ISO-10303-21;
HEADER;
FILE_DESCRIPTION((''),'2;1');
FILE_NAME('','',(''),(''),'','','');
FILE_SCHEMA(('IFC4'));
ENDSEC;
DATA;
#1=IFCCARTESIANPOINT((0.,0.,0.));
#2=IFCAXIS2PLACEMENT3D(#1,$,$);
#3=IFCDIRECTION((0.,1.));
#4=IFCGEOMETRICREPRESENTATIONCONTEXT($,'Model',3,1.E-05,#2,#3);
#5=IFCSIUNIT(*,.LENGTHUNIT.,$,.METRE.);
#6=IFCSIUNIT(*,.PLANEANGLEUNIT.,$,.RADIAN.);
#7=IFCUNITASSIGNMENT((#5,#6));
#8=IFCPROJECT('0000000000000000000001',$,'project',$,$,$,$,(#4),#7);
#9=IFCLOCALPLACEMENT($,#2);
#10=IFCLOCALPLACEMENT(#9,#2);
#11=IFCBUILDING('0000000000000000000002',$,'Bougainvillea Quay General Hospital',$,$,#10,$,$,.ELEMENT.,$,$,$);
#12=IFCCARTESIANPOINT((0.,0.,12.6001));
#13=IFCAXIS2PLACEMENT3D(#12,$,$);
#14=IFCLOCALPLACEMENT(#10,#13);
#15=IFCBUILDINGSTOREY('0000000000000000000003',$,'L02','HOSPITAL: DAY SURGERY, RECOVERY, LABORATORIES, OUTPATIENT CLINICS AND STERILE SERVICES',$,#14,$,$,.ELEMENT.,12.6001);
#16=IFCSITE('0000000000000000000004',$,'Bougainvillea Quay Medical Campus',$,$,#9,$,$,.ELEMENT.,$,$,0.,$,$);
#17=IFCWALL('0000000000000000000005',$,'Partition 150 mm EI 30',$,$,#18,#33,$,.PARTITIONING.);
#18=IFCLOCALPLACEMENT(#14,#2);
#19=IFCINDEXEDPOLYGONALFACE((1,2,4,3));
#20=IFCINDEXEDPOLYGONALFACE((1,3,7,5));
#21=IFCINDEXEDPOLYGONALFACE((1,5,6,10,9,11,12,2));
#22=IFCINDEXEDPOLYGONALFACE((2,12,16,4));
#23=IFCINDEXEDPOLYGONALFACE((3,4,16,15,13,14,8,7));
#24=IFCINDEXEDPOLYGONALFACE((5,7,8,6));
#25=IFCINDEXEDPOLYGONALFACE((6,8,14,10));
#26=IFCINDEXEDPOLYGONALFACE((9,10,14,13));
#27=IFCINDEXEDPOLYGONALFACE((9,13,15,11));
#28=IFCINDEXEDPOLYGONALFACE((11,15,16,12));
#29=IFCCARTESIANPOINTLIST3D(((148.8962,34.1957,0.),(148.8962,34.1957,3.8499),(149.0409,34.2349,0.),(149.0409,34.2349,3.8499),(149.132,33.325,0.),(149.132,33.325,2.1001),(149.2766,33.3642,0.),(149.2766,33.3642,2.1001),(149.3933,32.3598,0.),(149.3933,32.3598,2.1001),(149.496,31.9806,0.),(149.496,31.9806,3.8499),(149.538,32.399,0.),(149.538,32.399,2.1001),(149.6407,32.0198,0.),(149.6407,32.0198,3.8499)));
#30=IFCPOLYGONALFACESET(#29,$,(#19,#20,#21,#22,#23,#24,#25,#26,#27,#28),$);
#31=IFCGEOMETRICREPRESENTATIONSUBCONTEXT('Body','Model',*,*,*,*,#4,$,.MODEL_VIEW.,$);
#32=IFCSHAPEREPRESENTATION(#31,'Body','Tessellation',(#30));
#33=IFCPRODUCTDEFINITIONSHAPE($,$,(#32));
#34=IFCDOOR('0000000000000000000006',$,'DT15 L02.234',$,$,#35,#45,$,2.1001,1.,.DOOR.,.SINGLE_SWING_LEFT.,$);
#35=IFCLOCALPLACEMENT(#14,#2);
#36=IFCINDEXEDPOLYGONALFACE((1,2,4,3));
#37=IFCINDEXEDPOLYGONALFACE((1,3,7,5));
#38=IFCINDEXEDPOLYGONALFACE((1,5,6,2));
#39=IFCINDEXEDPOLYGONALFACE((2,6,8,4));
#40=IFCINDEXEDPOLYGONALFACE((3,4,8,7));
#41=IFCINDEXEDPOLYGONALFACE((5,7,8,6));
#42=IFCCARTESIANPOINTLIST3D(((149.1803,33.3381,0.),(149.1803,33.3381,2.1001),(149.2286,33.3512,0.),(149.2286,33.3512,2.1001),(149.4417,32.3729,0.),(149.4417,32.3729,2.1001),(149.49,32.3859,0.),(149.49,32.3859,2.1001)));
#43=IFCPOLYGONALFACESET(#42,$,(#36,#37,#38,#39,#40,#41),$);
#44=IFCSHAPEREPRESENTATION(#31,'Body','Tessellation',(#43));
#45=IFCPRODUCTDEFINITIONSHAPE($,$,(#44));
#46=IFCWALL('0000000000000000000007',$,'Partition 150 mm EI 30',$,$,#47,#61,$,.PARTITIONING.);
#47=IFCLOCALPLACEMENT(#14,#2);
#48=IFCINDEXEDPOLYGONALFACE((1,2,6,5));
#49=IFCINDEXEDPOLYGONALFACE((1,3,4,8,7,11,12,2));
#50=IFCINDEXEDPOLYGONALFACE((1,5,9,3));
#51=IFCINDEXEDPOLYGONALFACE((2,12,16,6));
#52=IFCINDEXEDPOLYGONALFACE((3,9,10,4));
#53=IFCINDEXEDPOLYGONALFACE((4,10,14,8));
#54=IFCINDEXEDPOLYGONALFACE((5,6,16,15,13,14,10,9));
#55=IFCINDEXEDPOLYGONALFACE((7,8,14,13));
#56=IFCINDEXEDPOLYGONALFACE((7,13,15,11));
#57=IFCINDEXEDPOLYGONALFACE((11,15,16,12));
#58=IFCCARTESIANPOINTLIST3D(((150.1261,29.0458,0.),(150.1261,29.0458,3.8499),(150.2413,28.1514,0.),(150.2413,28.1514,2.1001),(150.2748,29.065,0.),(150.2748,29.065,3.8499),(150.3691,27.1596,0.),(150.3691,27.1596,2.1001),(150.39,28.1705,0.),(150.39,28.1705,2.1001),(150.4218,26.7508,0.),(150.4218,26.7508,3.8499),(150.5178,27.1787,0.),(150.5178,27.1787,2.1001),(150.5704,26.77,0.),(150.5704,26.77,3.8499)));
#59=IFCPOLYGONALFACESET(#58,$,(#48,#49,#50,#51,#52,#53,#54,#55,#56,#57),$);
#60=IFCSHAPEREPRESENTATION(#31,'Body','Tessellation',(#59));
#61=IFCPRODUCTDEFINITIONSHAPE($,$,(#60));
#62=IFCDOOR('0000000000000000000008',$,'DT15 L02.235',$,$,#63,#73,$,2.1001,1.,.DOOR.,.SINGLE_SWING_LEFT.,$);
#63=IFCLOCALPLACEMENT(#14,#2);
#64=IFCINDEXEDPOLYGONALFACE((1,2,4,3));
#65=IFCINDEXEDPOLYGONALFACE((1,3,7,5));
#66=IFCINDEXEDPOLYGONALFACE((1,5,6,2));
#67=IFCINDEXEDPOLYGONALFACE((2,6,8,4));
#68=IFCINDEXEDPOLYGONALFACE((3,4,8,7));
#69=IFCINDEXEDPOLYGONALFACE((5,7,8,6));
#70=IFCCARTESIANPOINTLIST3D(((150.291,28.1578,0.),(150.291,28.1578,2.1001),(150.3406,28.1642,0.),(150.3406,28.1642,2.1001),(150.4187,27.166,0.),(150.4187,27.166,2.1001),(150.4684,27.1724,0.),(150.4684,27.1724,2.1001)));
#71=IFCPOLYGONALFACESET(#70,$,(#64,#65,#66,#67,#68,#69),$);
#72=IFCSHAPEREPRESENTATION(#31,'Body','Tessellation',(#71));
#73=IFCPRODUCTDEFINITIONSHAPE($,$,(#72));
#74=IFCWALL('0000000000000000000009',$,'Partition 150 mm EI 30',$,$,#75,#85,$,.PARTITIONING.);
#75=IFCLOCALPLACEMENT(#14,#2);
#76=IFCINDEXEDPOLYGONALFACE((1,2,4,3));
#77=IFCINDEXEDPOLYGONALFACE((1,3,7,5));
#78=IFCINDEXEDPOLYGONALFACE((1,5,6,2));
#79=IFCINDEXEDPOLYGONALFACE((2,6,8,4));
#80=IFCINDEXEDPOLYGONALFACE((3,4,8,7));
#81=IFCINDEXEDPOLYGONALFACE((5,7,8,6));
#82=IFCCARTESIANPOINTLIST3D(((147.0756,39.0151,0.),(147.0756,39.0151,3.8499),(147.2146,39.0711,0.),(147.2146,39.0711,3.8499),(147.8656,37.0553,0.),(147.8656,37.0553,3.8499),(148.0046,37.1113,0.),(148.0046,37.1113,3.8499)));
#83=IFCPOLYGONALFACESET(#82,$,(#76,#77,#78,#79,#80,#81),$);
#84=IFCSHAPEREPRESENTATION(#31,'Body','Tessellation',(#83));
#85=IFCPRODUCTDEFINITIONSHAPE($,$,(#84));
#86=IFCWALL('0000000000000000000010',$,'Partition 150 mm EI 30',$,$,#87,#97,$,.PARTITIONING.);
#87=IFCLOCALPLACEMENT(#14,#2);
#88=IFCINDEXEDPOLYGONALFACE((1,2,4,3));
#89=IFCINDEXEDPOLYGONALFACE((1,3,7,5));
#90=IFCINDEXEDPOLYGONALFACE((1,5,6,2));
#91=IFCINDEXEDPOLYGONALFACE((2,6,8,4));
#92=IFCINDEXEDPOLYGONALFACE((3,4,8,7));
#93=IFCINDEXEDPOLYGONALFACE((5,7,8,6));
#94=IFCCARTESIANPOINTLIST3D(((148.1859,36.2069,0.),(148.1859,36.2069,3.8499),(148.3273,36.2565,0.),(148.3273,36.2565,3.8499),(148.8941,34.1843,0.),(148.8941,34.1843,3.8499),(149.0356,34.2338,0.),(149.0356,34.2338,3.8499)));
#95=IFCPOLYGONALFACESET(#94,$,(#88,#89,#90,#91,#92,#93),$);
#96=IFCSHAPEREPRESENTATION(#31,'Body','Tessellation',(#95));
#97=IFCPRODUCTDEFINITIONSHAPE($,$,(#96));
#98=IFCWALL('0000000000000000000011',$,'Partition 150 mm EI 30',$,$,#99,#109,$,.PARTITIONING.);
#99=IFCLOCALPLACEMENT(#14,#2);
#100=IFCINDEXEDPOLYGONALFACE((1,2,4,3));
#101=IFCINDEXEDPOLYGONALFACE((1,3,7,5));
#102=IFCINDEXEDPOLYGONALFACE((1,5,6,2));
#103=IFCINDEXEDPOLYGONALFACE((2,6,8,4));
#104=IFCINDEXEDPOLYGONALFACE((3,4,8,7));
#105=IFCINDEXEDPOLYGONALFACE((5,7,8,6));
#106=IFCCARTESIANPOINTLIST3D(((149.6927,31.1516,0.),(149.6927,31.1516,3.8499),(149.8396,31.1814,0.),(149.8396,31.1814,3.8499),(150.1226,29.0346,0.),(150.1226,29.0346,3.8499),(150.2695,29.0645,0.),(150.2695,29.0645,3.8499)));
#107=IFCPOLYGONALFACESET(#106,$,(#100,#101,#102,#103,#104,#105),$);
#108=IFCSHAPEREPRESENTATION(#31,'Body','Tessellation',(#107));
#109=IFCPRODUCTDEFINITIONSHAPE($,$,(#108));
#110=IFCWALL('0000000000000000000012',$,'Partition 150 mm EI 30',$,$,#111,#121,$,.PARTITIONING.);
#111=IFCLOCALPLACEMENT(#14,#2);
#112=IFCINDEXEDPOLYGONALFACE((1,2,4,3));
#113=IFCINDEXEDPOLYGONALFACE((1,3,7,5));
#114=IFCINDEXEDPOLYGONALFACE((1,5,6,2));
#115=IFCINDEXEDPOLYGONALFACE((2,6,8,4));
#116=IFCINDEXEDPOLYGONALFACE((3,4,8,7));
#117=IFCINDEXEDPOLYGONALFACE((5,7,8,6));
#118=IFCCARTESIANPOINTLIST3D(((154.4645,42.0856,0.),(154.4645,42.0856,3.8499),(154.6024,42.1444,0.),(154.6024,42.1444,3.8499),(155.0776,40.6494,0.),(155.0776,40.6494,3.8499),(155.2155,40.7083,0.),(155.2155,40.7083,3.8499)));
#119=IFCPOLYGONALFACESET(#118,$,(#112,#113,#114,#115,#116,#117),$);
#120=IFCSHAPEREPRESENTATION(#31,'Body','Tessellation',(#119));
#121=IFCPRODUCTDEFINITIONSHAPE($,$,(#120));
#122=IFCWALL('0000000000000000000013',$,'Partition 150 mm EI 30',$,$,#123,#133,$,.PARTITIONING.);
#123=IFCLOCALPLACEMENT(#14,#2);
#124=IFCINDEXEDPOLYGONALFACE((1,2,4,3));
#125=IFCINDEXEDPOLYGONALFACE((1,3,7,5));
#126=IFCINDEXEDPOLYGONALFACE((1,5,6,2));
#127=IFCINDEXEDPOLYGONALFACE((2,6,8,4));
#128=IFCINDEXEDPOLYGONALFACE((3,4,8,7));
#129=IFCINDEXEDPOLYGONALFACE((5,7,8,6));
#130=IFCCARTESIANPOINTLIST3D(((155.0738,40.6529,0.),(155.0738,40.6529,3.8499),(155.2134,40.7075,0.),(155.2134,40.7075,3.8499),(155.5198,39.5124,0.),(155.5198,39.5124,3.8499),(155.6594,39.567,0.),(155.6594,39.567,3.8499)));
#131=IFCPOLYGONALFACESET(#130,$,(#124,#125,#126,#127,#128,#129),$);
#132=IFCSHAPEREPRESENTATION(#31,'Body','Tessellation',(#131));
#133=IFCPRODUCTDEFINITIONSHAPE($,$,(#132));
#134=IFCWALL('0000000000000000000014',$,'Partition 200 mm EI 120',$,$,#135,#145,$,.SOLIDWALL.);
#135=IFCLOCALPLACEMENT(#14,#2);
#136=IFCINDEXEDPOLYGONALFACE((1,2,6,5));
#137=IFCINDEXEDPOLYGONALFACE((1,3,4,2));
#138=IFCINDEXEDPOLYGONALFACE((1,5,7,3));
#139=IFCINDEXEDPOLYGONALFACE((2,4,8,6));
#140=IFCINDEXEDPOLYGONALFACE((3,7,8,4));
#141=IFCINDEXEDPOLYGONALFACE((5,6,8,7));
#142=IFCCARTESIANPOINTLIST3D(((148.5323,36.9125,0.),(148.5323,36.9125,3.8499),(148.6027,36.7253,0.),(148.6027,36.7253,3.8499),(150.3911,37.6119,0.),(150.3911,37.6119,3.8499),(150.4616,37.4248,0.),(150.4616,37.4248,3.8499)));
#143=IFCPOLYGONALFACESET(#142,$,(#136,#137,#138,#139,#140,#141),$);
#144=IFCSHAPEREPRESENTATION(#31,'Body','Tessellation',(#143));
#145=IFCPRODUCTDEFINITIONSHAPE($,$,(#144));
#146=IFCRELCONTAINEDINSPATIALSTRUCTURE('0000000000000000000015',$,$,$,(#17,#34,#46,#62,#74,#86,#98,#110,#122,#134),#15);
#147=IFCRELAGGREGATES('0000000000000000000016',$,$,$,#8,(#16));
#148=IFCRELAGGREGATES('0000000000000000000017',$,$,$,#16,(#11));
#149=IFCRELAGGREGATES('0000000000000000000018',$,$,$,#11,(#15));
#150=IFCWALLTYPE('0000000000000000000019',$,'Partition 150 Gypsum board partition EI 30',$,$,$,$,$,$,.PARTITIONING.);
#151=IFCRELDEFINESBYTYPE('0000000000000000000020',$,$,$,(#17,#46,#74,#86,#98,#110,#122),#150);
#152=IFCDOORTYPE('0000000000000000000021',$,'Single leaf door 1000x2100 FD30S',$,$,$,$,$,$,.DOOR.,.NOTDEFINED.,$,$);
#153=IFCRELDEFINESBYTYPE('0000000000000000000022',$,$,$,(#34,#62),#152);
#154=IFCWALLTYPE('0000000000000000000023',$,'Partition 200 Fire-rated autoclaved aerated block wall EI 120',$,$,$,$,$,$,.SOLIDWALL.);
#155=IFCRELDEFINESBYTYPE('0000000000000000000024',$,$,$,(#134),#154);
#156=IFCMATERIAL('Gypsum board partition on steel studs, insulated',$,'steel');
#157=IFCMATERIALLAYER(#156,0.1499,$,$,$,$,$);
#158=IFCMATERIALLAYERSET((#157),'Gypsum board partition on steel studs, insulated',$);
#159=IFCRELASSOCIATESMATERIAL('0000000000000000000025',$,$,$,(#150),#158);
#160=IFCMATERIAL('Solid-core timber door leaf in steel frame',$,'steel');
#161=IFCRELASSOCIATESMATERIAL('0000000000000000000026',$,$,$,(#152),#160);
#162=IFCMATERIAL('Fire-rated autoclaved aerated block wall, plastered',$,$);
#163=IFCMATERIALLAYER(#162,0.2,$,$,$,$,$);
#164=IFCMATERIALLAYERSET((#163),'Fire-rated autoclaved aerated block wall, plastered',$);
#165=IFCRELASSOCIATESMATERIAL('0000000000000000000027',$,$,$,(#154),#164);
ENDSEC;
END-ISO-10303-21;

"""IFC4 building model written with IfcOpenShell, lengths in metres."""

from ifc_helpers import new_model, si_unit, direction, frame, frame_2d, origin, place, context, subcontext, project, spatial, rectangle, extrude, material, layer, layer_set, type_object, element, fill, save


model = new_model("IFC4")

# Units and contexts
model_context = context("Model", 3, precision=1e-05, world=origin(), true_north=direction((0.0, 1.0)))
body_context = subcontext(model_context, "Body", "Model", "MODEL_VIEW")
ifc_project = project(units=[si_unit("LENGTHUNIT", "METRE"), si_unit("PLANEANGLEUNIT", "RADIAN")], contexts=[model_context])

# Site, building, storey
site_placement = place(None, origin())
site = spatial("IfcSite", under=ifc_project, at=site_placement, Name="Bougainvillea Quay Medical Campus", CompositionType="ELEMENT", RefElevation=0.0)
building_placement = place(site_placement, origin())
building = spatial("IfcBuilding", under=site, at=building_placement, Name="Bougainvillea Quay General Hospital", CompositionType="ELEMENT")
storey_placement = place(building_placement, frame((0.0, 0.0, 12.6001)))
storey = spatial("IfcBuildingStorey", under=building, at=storey_placement, Name="L02", Description="HOSPITAL: DAY SURGERY, RECOVERY, LABORATORIES, OUTPATIENT CLINICS AND STERILE SERVICES", CompositionType="ELEMENT", Elevation=12.6001)

# Shared definitions
ifc_material_1 = material(Name="Gypsum board partition on steel studs, insulated", Category="steel")
ifc_layer_1 = layer(ifc_material_1, 0.1499)
ifc_layer_set_1 = layer_set([ifc_layer_1], Name="Gypsum board partition on steel studs, insulated")
wall_type_1 = type_object("IfcWallType", Name="Partition 150 Gypsum board partition EI 30", PredefinedType="PARTITIONING", material=ifc_layer_set_1)

# Walls, openings, doors
ifc_material_2 = material(Name="Solid-core timber door leaf in steel frame", Category="steel")
door_type_1 = type_object("IfcDoorType", Name="Single leaf door 1000x2100 FD30S", OperationType="NOTDEFINED", PredefinedType="DOOR", material=ifc_material_2)
wall_1_placement = place(storey_placement, frame((148.9685, 34.2153, 0.0), z_axis=(0.0, 0.0, 1.0), x_axis=(0.261389, -0.965234, 0.0)))
wall_1 = element("IfcWall", 1, at=wall_1_placement, inside=storey, type_object=wall_type_1, Name="Partition 150 mm EI 30", PredefinedType="PARTITIONING", context=body_context, shape_type="SweptSolid", body=[
    extrude(rectangle(XDim=2.2949, YDim=0.1499, at=frame_2d((1.1475, 0.0))), origin(), (0.0, 0.0, 1.0), 3.8499),
])
opening_1_placement = place(wall_1_placement, frame((0.9021, 0.0, 0.0)))
opening_1 = element("IfcOpeningElement", 2, at=opening_1_placement, cuts=wall_1, PredefinedType="OPENING", context=body_context, shape_type="SweptSolid", body=[
    extrude(rectangle(XDim=1.0, YDim=2.1001, at=frame_2d((0.5, 1.05))), frame((0.0, 0.085, 0.0), z_axis=(0.0, -1.0, 0.0), x_axis=(1.0, 0.0, 0.0)), (0.0, 0.0, 1.0), 0.1699),
])
door_1_placement = place(opening_1_placement, frame((1.0, 0.0, 0.0), z_axis=(0.0, 0.0, 1.0), x_axis=(-1.0, 0.0, 0.0)))
door_1 = element("IfcDoor", 3, at=door_1_placement, inside=storey, type_object=door_type_1, Name="DT15 L02.234", OperationType="SINGLE_SWING_LEFT", OverallHeight=2.1001, OverallWidth=1.0, PredefinedType="DOOR", context=body_context, shape_type="SweptSolid", body=[
    extrude(rectangle(XDim=1.0, YDim=2.1001, at=frame_2d((0.5, 1.05))), frame((0.0, 0.0249, 0.0), z_axis=(0.0, -1.0, 0.0), x_axis=(1.0, 0.0, 0.0)), (0.0, 0.0, 1.0), 0.05),
])
fill(opening_1, door_1)
wall_2_placement = place(storey_placement, frame((150.2004, 29.0554, 0.0), z_axis=(0.0, 0.0, 1.0), x_axis=(0.127774, -0.991803, 0.0)))
wall_2 = element("IfcWall", 4, at=wall_2_placement, inside=storey, type_object=wall_type_1, Name="Partition 150 mm EI 30", PredefinedType="PARTITIONING", context=body_context, shape_type="SweptSolid", body=[
    extrude(rectangle(XDim=2.314, YDim=0.1499, at=frame_2d((1.157, 0.0))), origin(), (0.0, 0.0, 1.0), 3.8499),
])
opening_2_placement = place(wall_2_placement, frame((0.9019, 0.0, 0.0)))
opening_2 = element("IfcOpeningElement", 5, at=opening_2_placement, cuts=wall_2, PredefinedType="OPENING", context=body_context, shape_type="SweptSolid", body=[
    extrude(rectangle(XDim=1.0, YDim=2.1001, at=frame_2d((0.5, 1.05))), frame((0.0, 0.085, 0.0), z_axis=(0.0, -1.0, 0.0), x_axis=(1.0, 0.0, 0.0)), (0.0, 0.0, 1.0), 0.1699),
])
door_2_placement = place(opening_2_placement, frame((1.0, 0.0, 0.0), z_axis=(0.0, 0.0, 1.0), x_axis=(-1.0, 0.0, 0.0)))
door_2 = element("IfcDoor", 6, at=door_2_placement, inside=storey, type_object=door_type_1, Name="DT15 L02.235", OperationType="SINGLE_SWING_LEFT", OverallHeight=2.1001, OverallWidth=1.0, PredefinedType="DOOR", context=body_context, shape_type="SweptSolid", body=[
    extrude(rectangle(XDim=1.0, YDim=2.1001, at=frame_2d((0.5, 1.05))), frame((0.0, 0.0249, 0.0), z_axis=(0.0, -1.0, 0.0), x_axis=(1.0, 0.0, 0.0)), (0.0, 0.0, 1.0), 0.05),
])
fill(opening_2, door_2)

# Walls
wall_3_placement = place(storey_placement, frame((147.145, 39.0432, 0.0), z_axis=(0.0, 0.0, 1.0), x_axis=(0.373899, -0.927469, 0.0)))
element("IfcWall", 7, at=wall_3_placement, inside=storey, type_object=wall_type_1, Name="Partition 150 mm EI 30", PredefinedType="PARTITIONING", context=body_context, shape_type="SweptSolid", body=[
    extrude(rectangle(XDim=2.113, YDim=0.1499, at=frame_2d((1.0566, 0.0))), origin(), (0.0, 0.0, 1.0), 3.8499),
])
wall_4_placement = place(storey_placement, frame((148.2566, 36.2317, 0.0), z_axis=(0.0, 0.0, 1.0), x_axis=(0.330477, -0.943814, 0.0)))
element("IfcWall", 8, at=wall_4_placement, inside=storey, type_object=wall_type_1, Name="Partition 150 mm EI 30", PredefinedType="PARTITIONING", context=body_context, shape_type="SweptSolid", body=[
    extrude(rectangle(XDim=2.1431, YDim=0.1499, at=frame_2d((1.0715, 0.0))), origin(), (0.0, 0.0, 1.0), 3.8499),
])
wall_5_placement = place(storey_placement, frame((149.7661, 31.1665, 0.0), z_axis=(0.0, 0.0, 1.0), x_axis=(0.199028, -0.979994, 0.0)))
element("IfcWall", 9, at=wall_5_placement, inside=storey, type_object=wall_type_1, Name="Partition 150 mm EI 30", PredefinedType="PARTITIONING", context=body_context, shape_type="SweptSolid", body=[
    extrude(rectangle(XDim=2.1602, YDim=0.1499, at=frame_2d((1.0801, 0.0))), origin(), (0.0, 0.0, 1.0), 3.8499),
])
wall_6_placement = place(storey_placement, frame((154.5334, 42.115, 0.0), z_axis=(0.0, 0.0, 1.0), x_axis=(0.392617, -0.919702, 0.0)))
element("IfcWall", 10, at=wall_6_placement, inside=storey, type_object=wall_type_1, Name="Partition 150 mm EI 30", PredefinedType="PARTITIONING", context=body_context, shape_type="SweptSolid", body=[
    extrude(rectangle(XDim=1.5615, YDim=0.1499, at=frame_2d((0.7808, 0.0))), origin(), (0.0, 0.0, 1.0), 3.8499),
])
wall_7_placement = place(storey_placement, frame((155.1436, 40.6802, 0.0), z_axis=(0.0, 0.0, 1.0), x_axis=(0.364264, -0.931296, 0.0)))
element("IfcWall", 11, at=wall_7_placement, inside=storey, type_object=wall_type_1, Name="Partition 150 mm EI 30", PredefinedType="PARTITIONING", context=body_context, shape_type="SweptSolid", body=[
    extrude(rectangle(XDim=1.2246, YDim=0.1499, at=frame_2d((0.6123, 0.0))), origin(), (0.0, 0.0, 1.0), 3.8499),
])
ifc_material_3 = material(Name="Fire-rated autoclaved aerated block wall, plastered")
ifc_layer_2 = layer(ifc_material_3, 0.2)
ifc_layer_set_2 = layer_set([ifc_layer_2], Name="Fire-rated autoclaved aerated block wall, plastered")
wall_type_2 = type_object("IfcWallType", Name="Partition 200 Fire-rated autoclaved aerated block wall EI 120", PredefinedType="SOLIDWALL", material=ifc_layer_set_2)
wall_8_placement = place(storey_placement, frame((148.5674, 36.8188, 0.0), z_axis=(0.0, 0.0, 1.0), x_axis=(0.935935, 0.352174, 0.0)))
element("IfcWall", 12, at=wall_8_placement, inside=storey, type_object=wall_type_2, Name="Partition 200 mm EI 120", PredefinedType="SOLIDWALL", context=body_context, shape_type="SweptSolid", body=[
    extrude(rectangle(XDim=1.9861, YDim=0.2, at=frame_2d((0.9932, 0.0))), origin(), (0.0, 0.0, 1.0), 3.8499),
])

save(model, "model.ifc")
